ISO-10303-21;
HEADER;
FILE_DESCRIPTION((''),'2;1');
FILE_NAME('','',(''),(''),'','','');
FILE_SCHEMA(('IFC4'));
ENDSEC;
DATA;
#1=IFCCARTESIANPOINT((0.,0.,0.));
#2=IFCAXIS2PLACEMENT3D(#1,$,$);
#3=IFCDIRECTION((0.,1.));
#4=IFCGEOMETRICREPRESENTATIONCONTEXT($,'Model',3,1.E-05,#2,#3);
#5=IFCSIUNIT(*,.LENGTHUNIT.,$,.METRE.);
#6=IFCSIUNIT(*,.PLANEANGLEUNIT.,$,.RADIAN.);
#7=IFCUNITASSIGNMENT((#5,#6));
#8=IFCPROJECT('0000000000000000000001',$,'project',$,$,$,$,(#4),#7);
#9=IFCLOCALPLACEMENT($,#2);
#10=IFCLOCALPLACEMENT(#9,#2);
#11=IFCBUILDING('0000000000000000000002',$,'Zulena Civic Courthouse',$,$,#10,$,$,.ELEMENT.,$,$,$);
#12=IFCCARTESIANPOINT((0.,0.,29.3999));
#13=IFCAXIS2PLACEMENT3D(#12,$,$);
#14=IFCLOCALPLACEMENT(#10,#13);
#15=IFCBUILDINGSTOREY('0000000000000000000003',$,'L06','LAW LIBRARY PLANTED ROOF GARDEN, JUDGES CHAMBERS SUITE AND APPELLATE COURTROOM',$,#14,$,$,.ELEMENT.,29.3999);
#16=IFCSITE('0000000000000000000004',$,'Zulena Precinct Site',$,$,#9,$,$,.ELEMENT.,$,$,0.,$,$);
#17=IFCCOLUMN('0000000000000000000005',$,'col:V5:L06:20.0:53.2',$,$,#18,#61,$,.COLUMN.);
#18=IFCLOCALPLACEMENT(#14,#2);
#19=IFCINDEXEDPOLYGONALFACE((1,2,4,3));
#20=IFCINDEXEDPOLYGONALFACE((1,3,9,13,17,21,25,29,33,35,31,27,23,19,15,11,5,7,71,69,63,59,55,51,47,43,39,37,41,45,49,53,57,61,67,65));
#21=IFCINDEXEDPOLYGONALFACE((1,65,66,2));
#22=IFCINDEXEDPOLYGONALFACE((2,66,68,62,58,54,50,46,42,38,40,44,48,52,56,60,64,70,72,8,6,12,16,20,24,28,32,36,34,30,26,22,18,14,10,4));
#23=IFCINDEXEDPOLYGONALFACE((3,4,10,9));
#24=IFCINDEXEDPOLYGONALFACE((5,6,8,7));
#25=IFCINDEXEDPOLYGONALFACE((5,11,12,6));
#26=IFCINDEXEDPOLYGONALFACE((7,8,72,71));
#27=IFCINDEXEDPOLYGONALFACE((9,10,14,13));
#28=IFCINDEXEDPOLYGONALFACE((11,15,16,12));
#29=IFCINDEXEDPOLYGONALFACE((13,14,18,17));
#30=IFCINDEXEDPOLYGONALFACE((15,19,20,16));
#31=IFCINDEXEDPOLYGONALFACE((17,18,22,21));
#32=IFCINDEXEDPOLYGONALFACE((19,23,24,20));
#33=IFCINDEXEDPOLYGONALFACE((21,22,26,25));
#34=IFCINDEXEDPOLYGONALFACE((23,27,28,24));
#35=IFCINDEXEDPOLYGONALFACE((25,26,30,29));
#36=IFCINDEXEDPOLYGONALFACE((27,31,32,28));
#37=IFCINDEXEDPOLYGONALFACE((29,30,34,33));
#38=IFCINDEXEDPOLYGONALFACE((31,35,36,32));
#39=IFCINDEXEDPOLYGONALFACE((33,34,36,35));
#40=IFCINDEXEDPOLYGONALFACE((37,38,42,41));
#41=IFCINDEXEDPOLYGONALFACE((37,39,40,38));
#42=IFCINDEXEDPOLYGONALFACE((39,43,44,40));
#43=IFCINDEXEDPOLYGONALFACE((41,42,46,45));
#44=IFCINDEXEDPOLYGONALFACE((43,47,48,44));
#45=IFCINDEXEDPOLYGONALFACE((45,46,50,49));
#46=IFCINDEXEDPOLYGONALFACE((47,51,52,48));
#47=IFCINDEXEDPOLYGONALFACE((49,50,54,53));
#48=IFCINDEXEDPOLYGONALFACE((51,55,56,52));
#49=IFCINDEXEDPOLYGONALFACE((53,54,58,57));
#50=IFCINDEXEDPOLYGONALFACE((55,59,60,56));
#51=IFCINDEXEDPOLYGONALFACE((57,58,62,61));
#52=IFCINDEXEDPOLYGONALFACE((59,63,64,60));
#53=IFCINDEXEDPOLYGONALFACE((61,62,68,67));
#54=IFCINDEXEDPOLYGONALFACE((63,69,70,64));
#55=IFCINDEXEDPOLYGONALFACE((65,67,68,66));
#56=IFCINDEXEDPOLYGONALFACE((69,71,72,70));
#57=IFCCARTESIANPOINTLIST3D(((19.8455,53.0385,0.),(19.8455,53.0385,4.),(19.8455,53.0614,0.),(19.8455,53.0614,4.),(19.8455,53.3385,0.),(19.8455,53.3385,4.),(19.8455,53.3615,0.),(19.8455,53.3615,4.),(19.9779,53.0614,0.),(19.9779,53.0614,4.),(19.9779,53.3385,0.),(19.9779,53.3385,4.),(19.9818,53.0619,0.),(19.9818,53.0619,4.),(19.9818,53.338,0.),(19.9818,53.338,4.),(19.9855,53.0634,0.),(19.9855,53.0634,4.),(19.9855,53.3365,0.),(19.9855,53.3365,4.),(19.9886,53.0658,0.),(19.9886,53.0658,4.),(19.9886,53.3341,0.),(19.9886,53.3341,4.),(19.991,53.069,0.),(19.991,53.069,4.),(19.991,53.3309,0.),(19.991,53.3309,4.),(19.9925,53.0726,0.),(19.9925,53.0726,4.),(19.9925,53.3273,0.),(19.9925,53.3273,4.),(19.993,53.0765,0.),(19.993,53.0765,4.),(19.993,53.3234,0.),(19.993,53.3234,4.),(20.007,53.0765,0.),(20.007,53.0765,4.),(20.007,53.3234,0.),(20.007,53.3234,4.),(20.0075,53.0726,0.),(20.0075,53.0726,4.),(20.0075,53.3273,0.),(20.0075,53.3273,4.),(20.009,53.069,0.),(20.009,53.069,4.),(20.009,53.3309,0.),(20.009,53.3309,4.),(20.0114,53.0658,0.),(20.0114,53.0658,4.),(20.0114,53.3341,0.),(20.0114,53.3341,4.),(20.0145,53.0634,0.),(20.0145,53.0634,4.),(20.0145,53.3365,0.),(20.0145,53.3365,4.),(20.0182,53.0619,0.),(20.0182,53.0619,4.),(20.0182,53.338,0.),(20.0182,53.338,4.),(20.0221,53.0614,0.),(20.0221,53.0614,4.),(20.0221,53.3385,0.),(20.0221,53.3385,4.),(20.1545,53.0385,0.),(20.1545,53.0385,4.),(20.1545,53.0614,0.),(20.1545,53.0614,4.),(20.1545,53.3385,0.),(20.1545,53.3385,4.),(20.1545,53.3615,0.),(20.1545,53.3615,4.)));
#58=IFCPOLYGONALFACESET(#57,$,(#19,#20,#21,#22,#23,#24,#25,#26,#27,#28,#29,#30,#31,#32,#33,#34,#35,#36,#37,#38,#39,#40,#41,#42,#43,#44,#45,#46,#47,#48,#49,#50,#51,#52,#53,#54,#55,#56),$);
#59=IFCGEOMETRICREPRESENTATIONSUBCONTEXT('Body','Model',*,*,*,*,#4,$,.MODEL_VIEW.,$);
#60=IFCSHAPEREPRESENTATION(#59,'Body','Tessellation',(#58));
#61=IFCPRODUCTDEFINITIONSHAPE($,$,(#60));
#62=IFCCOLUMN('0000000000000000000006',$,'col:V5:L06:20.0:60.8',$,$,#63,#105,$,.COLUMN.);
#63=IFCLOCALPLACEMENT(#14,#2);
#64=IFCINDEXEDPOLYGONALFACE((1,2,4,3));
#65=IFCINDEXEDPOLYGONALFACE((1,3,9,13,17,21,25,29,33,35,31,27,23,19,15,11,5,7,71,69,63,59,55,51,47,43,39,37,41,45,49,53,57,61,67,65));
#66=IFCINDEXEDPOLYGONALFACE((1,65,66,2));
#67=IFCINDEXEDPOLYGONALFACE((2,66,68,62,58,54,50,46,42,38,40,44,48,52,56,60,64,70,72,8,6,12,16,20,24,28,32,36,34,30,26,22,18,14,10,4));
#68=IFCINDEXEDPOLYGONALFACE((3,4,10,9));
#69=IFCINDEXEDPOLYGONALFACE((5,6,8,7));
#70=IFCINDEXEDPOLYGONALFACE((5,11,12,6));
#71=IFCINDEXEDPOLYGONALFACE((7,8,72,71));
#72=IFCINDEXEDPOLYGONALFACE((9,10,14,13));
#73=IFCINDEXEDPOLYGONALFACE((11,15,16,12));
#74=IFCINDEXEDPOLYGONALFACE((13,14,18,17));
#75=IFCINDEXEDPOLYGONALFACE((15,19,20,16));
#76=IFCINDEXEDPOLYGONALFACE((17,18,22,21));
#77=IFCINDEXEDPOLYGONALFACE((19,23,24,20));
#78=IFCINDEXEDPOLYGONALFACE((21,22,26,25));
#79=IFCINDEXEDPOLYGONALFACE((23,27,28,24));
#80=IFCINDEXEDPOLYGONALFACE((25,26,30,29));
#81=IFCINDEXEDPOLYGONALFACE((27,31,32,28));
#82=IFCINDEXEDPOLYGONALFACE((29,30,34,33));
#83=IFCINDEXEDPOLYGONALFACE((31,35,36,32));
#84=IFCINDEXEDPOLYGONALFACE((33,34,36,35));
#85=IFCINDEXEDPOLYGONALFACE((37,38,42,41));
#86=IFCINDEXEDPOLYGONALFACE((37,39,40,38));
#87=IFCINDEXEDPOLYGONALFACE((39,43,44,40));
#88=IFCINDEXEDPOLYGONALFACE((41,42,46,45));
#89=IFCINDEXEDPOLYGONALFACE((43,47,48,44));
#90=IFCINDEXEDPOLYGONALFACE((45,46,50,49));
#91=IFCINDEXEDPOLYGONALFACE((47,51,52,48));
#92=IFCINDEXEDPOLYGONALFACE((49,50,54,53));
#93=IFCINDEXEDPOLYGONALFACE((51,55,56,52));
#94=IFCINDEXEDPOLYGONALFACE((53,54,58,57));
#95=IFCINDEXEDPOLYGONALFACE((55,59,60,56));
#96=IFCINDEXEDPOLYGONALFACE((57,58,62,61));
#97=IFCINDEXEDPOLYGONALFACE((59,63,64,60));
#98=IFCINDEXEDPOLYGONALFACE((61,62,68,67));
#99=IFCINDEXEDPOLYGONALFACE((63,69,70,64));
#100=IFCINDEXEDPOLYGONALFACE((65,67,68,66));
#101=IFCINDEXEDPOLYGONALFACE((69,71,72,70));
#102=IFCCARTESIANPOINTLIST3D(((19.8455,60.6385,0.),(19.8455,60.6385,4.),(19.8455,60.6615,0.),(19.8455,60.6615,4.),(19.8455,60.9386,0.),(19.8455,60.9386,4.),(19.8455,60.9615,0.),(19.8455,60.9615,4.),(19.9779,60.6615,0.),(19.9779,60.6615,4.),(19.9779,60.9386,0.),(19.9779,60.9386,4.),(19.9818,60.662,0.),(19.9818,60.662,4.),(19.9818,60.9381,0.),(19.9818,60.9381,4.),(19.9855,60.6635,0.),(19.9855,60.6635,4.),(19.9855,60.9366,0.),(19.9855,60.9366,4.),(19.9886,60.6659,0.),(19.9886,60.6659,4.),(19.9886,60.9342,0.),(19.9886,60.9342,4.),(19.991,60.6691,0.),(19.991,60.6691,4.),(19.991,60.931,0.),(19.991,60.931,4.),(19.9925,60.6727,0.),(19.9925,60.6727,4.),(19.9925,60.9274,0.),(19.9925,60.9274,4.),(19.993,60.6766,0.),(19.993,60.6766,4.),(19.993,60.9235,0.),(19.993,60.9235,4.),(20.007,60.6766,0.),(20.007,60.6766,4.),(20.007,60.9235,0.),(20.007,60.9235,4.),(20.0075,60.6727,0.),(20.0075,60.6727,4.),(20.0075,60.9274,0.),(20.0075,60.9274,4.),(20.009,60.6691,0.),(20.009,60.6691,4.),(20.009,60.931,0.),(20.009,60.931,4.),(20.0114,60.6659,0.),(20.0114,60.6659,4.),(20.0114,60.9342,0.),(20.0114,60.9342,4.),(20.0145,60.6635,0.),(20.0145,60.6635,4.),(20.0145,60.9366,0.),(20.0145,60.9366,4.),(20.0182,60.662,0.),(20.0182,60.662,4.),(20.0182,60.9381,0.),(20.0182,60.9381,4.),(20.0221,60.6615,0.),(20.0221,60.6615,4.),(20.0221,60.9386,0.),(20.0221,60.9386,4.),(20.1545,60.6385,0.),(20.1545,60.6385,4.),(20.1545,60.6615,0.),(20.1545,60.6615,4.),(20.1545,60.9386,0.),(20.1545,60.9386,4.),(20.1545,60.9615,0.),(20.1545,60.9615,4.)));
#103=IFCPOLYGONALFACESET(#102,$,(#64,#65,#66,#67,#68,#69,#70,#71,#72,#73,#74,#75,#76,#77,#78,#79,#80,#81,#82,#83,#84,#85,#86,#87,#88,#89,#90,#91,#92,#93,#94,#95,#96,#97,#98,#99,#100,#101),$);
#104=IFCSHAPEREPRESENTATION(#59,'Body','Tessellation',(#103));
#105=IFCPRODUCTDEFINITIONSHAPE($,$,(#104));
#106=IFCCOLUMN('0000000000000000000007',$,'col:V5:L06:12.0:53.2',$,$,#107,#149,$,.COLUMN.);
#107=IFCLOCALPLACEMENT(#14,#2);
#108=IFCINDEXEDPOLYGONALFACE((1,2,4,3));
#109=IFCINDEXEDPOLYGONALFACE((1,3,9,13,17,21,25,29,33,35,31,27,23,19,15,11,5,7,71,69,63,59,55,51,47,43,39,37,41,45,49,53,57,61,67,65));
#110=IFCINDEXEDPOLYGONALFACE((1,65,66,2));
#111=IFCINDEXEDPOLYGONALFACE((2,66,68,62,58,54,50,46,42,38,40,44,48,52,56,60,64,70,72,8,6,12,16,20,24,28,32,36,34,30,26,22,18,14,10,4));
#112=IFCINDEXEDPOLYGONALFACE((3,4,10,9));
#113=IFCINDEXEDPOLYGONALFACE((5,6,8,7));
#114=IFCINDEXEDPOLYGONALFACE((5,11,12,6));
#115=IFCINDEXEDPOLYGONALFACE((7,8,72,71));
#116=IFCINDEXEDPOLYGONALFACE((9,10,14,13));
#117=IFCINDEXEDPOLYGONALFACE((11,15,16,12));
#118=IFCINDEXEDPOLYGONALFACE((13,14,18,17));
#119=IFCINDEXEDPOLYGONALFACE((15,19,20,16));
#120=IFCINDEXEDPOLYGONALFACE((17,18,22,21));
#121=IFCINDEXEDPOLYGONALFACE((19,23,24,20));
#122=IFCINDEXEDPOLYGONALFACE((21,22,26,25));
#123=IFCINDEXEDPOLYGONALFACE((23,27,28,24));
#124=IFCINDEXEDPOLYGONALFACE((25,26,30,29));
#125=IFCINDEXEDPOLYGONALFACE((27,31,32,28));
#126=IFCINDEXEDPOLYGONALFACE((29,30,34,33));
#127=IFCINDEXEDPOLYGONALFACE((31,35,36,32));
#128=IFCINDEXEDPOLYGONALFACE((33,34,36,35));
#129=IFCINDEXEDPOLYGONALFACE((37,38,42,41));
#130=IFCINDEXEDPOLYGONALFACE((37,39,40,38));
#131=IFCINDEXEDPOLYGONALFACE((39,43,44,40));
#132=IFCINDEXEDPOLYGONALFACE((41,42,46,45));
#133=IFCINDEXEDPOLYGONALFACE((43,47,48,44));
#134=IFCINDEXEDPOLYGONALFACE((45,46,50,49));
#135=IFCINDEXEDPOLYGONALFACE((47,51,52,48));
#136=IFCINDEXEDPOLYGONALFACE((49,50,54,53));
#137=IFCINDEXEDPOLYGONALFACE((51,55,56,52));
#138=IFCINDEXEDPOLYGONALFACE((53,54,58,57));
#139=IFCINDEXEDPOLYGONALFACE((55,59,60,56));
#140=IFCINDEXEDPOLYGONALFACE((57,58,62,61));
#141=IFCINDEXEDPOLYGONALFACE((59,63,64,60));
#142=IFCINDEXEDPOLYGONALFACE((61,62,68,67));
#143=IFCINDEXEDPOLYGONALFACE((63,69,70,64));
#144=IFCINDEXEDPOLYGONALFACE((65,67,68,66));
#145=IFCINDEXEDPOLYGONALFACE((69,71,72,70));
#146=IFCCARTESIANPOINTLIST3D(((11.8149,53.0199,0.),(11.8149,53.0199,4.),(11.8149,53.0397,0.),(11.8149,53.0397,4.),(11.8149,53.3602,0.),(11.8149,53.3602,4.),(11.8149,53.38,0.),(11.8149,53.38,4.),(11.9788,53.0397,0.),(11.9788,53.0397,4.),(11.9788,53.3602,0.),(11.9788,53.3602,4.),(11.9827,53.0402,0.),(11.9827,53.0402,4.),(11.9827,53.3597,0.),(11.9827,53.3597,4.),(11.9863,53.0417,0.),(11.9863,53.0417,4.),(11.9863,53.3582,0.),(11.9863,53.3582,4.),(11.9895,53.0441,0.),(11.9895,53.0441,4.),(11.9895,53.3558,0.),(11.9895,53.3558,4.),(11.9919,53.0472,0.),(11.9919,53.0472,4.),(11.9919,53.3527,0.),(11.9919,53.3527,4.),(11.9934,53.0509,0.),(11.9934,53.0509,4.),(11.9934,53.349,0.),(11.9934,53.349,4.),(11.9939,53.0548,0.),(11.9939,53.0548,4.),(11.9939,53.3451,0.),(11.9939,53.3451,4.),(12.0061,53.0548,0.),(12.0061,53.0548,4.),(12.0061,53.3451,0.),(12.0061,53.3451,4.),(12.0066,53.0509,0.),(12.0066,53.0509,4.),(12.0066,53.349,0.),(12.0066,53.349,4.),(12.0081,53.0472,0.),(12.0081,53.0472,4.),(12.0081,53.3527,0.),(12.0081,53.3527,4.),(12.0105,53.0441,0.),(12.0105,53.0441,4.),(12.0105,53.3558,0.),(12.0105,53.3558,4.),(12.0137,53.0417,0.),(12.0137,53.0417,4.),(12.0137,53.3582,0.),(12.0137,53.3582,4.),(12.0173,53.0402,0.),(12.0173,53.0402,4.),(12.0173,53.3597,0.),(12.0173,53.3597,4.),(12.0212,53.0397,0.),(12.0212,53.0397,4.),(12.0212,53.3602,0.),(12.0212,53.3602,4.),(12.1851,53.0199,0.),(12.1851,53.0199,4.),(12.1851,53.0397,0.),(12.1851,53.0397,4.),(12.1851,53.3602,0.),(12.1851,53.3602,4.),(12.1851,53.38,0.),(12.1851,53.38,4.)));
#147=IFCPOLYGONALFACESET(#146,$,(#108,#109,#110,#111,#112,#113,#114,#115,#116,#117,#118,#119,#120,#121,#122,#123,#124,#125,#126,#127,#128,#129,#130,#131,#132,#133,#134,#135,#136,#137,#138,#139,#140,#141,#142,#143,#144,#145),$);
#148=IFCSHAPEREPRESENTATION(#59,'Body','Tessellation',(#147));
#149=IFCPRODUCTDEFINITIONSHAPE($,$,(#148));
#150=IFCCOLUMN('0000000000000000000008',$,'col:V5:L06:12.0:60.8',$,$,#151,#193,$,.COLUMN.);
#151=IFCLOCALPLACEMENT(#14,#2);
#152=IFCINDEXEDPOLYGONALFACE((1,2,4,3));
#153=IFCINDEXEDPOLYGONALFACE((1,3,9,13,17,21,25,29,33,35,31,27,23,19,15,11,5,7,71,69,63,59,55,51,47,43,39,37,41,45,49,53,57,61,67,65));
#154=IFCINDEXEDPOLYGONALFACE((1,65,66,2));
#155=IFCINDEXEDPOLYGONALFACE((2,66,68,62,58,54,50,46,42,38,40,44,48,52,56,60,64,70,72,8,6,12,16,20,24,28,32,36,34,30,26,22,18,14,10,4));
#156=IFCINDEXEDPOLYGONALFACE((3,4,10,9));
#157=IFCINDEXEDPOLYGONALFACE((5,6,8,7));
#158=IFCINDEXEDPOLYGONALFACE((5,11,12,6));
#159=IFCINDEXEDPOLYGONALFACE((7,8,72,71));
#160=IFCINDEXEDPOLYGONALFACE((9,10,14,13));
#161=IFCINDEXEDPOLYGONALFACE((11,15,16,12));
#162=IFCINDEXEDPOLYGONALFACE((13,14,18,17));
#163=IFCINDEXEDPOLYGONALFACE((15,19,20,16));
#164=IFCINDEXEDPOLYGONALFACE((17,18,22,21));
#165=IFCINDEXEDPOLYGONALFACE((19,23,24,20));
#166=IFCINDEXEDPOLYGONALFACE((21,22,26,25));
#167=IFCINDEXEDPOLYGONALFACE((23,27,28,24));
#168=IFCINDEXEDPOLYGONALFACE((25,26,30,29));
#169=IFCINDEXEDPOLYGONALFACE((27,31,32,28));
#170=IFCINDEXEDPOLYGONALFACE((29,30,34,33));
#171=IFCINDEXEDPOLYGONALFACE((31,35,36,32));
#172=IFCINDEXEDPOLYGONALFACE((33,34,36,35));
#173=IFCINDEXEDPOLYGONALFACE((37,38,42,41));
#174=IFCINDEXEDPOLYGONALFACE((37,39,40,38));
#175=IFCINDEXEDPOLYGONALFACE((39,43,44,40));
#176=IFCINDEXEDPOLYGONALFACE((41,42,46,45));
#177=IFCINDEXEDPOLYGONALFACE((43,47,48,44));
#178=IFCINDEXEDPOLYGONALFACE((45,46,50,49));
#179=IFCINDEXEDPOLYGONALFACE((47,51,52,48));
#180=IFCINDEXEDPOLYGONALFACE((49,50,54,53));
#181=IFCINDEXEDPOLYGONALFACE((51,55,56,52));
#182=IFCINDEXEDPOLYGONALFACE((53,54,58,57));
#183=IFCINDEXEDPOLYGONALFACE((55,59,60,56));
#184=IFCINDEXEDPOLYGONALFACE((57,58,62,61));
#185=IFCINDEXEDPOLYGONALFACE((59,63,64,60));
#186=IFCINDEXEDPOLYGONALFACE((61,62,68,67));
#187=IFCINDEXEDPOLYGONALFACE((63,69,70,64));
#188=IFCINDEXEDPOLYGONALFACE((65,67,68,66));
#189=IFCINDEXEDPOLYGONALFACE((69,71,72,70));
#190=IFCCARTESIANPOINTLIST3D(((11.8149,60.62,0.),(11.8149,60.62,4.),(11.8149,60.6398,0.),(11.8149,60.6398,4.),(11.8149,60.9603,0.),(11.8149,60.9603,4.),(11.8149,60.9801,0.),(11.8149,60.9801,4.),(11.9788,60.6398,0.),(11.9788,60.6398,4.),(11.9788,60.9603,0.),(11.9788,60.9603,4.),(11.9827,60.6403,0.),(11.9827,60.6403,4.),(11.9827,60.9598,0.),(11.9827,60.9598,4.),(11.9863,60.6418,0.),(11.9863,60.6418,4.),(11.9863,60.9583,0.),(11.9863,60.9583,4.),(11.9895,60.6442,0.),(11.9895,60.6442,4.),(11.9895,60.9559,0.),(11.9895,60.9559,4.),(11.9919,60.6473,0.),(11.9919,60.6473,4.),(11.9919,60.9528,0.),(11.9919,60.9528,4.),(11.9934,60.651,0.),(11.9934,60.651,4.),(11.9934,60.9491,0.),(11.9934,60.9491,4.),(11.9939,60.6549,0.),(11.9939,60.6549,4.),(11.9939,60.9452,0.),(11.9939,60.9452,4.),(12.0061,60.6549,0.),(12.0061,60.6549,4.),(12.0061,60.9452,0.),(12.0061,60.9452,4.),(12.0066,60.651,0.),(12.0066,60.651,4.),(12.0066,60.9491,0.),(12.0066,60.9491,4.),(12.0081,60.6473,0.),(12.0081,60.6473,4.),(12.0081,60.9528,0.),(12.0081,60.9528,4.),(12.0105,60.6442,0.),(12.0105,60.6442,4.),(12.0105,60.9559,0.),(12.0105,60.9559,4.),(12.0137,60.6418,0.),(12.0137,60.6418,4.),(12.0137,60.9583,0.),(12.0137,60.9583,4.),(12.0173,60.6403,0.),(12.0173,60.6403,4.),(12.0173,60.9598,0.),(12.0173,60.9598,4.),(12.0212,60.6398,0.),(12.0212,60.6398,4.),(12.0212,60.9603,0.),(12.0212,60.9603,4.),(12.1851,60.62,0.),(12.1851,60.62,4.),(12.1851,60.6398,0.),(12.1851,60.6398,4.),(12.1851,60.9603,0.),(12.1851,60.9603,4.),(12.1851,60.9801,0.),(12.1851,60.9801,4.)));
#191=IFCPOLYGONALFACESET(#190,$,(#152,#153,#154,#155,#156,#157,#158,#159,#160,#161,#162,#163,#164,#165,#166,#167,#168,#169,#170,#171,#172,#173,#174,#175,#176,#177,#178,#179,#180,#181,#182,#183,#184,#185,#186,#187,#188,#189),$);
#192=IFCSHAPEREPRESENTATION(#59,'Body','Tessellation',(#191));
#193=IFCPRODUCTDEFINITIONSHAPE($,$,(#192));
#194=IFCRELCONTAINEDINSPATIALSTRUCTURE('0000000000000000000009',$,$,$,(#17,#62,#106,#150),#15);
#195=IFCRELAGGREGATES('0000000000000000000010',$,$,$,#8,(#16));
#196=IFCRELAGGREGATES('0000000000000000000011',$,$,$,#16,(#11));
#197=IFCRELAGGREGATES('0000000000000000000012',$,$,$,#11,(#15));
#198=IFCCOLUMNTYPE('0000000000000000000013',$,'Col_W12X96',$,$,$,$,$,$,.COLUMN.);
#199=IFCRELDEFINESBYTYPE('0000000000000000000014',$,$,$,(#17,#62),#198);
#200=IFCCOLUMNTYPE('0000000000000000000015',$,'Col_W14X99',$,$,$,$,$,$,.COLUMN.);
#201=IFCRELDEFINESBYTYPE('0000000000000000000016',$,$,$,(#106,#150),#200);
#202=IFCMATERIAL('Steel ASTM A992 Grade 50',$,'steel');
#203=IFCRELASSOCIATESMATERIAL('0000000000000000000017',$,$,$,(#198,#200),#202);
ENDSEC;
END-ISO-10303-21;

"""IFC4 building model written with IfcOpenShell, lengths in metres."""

from ifc_helpers import new_model, si_unit, direction, frame, origin, origin_2d, place, context, subcontext, project, spatial, i_section, extrude, material, material_profile, profile_set, type_object, element, save


model = new_model("IFC4")

# Units and contexts
model_context = context("Model", 3, precision=1e-05, world=origin(), true_north=direction((0.0, 1.0)))
body_context = subcontext(model_context, "Body", "Model", "MODEL_VIEW")
ifc_project = project(units=[si_unit("LENGTHUNIT", "METRE"), si_unit("PLANEANGLEUNIT", "RADIAN")], contexts=[model_context])

# Site, building, storey
site_placement = place(None, origin())
site = spatial("IfcSite", under=ifc_project, at=site_placement, Name="Zulena Precinct Site", CompositionType="ELEMENT", RefElevation=0.0)
building_placement = place(site_placement, origin())
building = spatial("IfcBuilding", under=site, at=building_placement, Name="Zulena Civic Courthouse", CompositionType="ELEMENT")
storey_placement = place(building_placement, frame((0.0, 0.0, 29.3999)))
storey = spatial("IfcBuildingStorey", under=building, at=storey_placement, Name="L06", Description="LAW LIBRARY PLANTED ROOF GARDEN, JUDGES CHAMBERS SUITE AND APPELLATE COURTROOM", CompositionType="ELEMENT", Elevation=29.3999)

# Columns
ifc_material_1 = material(Name="Steel ASTM A992 Grade 50", Category="steel")
ifc_material_profile_1 = material_profile(ifc_material_1, i_section(OverallWidth=0.3091, OverallDepth=0.323, WebThickness=0.0139, FlangeThickness=0.0229, FilletRadius=0.0151, at=origin_2d()), Name="W12X96")
ifc_profile_set_1 = profile_set([ifc_material_profile_1], Name="Steel ASTM A992 Grade 50")
column_type_1 = type_object("IfcColumnType", Name="Col_W12X96", PredefinedType="COLUMN", material=ifc_profile_set_1)
for number, where, z_axis, x_axis, name in (
    (1, (20.0, 53.2, 0.0), (0.0, 0.0, 1.0), (1.0, 0.0, 0.0), "col:V5:L06:20.0:53.2"),
    (2, (20.0, 60.8, 0.0), (0.0, 0.0, 1.0), (1.0, 0.0, 0.0), "col:V5:L06:20.0:60.8"),
):
    element("IfcColumn", number, at=place(storey_placement, frame(where, z_axis=z_axis, x_axis=x_axis)), inside=storey, type_object=column_type_1, Name=name, PredefinedType="COLUMN", context=body_context, shape_type="SweptSolid", body=[
        extrude(i_section(OverallWidth=0.3091, OverallDepth=0.323, WebThickness=0.0139, FlangeThickness=0.0229, FilletRadius=0.0151, at=origin_2d()), origin(), (0.0, 0.0, 1.0), 4.0),
    ])
ifc_material_profile_2 = material_profile(ifc_material_1, i_section(OverallWidth=0.3701, OverallDepth=0.3601, WebThickness=0.0122, FlangeThickness=0.0198, FilletRadius=0.0151, at=origin_2d()), Name="W14X99")
ifc_profile_set_2 = profile_set([ifc_material_profile_2], Name="Steel ASTM A992 Grade 50")
column_type_2 = type_object("IfcColumnType", Name="Col_W14X99", PredefinedType="COLUMN", material=ifc_profile_set_2)
for number, where, z_axis, x_axis, name in (
    (3, (12.0, 53.2, 0.0), (0.0, 0.0, 1.0), (1.0, 0.0, 0.0), "col:V5:L06:12.0:53.2"),
    (4, (12.0, 60.8, 0.0), (0.0, 0.0, 1.0), (1.0, 0.0, 0.0), "col:V5:L06:12.0:60.8"),
):
    element("IfcColumn", number, at=place(storey_placement, frame(where, z_axis=z_axis, x_axis=x_axis)), inside=storey, type_object=column_type_2, Name=name, PredefinedType="COLUMN", context=body_context, shape_type="SweptSolid", body=[
        extrude(i_section(OverallWidth=0.3701, OverallDepth=0.3601, WebThickness=0.0122, FlangeThickness=0.0198, FilletRadius=0.0151, at=origin_2d()), origin(), (0.0, 0.0, 1.0), 4.0),
    ])

save(model, "model.ifc")
